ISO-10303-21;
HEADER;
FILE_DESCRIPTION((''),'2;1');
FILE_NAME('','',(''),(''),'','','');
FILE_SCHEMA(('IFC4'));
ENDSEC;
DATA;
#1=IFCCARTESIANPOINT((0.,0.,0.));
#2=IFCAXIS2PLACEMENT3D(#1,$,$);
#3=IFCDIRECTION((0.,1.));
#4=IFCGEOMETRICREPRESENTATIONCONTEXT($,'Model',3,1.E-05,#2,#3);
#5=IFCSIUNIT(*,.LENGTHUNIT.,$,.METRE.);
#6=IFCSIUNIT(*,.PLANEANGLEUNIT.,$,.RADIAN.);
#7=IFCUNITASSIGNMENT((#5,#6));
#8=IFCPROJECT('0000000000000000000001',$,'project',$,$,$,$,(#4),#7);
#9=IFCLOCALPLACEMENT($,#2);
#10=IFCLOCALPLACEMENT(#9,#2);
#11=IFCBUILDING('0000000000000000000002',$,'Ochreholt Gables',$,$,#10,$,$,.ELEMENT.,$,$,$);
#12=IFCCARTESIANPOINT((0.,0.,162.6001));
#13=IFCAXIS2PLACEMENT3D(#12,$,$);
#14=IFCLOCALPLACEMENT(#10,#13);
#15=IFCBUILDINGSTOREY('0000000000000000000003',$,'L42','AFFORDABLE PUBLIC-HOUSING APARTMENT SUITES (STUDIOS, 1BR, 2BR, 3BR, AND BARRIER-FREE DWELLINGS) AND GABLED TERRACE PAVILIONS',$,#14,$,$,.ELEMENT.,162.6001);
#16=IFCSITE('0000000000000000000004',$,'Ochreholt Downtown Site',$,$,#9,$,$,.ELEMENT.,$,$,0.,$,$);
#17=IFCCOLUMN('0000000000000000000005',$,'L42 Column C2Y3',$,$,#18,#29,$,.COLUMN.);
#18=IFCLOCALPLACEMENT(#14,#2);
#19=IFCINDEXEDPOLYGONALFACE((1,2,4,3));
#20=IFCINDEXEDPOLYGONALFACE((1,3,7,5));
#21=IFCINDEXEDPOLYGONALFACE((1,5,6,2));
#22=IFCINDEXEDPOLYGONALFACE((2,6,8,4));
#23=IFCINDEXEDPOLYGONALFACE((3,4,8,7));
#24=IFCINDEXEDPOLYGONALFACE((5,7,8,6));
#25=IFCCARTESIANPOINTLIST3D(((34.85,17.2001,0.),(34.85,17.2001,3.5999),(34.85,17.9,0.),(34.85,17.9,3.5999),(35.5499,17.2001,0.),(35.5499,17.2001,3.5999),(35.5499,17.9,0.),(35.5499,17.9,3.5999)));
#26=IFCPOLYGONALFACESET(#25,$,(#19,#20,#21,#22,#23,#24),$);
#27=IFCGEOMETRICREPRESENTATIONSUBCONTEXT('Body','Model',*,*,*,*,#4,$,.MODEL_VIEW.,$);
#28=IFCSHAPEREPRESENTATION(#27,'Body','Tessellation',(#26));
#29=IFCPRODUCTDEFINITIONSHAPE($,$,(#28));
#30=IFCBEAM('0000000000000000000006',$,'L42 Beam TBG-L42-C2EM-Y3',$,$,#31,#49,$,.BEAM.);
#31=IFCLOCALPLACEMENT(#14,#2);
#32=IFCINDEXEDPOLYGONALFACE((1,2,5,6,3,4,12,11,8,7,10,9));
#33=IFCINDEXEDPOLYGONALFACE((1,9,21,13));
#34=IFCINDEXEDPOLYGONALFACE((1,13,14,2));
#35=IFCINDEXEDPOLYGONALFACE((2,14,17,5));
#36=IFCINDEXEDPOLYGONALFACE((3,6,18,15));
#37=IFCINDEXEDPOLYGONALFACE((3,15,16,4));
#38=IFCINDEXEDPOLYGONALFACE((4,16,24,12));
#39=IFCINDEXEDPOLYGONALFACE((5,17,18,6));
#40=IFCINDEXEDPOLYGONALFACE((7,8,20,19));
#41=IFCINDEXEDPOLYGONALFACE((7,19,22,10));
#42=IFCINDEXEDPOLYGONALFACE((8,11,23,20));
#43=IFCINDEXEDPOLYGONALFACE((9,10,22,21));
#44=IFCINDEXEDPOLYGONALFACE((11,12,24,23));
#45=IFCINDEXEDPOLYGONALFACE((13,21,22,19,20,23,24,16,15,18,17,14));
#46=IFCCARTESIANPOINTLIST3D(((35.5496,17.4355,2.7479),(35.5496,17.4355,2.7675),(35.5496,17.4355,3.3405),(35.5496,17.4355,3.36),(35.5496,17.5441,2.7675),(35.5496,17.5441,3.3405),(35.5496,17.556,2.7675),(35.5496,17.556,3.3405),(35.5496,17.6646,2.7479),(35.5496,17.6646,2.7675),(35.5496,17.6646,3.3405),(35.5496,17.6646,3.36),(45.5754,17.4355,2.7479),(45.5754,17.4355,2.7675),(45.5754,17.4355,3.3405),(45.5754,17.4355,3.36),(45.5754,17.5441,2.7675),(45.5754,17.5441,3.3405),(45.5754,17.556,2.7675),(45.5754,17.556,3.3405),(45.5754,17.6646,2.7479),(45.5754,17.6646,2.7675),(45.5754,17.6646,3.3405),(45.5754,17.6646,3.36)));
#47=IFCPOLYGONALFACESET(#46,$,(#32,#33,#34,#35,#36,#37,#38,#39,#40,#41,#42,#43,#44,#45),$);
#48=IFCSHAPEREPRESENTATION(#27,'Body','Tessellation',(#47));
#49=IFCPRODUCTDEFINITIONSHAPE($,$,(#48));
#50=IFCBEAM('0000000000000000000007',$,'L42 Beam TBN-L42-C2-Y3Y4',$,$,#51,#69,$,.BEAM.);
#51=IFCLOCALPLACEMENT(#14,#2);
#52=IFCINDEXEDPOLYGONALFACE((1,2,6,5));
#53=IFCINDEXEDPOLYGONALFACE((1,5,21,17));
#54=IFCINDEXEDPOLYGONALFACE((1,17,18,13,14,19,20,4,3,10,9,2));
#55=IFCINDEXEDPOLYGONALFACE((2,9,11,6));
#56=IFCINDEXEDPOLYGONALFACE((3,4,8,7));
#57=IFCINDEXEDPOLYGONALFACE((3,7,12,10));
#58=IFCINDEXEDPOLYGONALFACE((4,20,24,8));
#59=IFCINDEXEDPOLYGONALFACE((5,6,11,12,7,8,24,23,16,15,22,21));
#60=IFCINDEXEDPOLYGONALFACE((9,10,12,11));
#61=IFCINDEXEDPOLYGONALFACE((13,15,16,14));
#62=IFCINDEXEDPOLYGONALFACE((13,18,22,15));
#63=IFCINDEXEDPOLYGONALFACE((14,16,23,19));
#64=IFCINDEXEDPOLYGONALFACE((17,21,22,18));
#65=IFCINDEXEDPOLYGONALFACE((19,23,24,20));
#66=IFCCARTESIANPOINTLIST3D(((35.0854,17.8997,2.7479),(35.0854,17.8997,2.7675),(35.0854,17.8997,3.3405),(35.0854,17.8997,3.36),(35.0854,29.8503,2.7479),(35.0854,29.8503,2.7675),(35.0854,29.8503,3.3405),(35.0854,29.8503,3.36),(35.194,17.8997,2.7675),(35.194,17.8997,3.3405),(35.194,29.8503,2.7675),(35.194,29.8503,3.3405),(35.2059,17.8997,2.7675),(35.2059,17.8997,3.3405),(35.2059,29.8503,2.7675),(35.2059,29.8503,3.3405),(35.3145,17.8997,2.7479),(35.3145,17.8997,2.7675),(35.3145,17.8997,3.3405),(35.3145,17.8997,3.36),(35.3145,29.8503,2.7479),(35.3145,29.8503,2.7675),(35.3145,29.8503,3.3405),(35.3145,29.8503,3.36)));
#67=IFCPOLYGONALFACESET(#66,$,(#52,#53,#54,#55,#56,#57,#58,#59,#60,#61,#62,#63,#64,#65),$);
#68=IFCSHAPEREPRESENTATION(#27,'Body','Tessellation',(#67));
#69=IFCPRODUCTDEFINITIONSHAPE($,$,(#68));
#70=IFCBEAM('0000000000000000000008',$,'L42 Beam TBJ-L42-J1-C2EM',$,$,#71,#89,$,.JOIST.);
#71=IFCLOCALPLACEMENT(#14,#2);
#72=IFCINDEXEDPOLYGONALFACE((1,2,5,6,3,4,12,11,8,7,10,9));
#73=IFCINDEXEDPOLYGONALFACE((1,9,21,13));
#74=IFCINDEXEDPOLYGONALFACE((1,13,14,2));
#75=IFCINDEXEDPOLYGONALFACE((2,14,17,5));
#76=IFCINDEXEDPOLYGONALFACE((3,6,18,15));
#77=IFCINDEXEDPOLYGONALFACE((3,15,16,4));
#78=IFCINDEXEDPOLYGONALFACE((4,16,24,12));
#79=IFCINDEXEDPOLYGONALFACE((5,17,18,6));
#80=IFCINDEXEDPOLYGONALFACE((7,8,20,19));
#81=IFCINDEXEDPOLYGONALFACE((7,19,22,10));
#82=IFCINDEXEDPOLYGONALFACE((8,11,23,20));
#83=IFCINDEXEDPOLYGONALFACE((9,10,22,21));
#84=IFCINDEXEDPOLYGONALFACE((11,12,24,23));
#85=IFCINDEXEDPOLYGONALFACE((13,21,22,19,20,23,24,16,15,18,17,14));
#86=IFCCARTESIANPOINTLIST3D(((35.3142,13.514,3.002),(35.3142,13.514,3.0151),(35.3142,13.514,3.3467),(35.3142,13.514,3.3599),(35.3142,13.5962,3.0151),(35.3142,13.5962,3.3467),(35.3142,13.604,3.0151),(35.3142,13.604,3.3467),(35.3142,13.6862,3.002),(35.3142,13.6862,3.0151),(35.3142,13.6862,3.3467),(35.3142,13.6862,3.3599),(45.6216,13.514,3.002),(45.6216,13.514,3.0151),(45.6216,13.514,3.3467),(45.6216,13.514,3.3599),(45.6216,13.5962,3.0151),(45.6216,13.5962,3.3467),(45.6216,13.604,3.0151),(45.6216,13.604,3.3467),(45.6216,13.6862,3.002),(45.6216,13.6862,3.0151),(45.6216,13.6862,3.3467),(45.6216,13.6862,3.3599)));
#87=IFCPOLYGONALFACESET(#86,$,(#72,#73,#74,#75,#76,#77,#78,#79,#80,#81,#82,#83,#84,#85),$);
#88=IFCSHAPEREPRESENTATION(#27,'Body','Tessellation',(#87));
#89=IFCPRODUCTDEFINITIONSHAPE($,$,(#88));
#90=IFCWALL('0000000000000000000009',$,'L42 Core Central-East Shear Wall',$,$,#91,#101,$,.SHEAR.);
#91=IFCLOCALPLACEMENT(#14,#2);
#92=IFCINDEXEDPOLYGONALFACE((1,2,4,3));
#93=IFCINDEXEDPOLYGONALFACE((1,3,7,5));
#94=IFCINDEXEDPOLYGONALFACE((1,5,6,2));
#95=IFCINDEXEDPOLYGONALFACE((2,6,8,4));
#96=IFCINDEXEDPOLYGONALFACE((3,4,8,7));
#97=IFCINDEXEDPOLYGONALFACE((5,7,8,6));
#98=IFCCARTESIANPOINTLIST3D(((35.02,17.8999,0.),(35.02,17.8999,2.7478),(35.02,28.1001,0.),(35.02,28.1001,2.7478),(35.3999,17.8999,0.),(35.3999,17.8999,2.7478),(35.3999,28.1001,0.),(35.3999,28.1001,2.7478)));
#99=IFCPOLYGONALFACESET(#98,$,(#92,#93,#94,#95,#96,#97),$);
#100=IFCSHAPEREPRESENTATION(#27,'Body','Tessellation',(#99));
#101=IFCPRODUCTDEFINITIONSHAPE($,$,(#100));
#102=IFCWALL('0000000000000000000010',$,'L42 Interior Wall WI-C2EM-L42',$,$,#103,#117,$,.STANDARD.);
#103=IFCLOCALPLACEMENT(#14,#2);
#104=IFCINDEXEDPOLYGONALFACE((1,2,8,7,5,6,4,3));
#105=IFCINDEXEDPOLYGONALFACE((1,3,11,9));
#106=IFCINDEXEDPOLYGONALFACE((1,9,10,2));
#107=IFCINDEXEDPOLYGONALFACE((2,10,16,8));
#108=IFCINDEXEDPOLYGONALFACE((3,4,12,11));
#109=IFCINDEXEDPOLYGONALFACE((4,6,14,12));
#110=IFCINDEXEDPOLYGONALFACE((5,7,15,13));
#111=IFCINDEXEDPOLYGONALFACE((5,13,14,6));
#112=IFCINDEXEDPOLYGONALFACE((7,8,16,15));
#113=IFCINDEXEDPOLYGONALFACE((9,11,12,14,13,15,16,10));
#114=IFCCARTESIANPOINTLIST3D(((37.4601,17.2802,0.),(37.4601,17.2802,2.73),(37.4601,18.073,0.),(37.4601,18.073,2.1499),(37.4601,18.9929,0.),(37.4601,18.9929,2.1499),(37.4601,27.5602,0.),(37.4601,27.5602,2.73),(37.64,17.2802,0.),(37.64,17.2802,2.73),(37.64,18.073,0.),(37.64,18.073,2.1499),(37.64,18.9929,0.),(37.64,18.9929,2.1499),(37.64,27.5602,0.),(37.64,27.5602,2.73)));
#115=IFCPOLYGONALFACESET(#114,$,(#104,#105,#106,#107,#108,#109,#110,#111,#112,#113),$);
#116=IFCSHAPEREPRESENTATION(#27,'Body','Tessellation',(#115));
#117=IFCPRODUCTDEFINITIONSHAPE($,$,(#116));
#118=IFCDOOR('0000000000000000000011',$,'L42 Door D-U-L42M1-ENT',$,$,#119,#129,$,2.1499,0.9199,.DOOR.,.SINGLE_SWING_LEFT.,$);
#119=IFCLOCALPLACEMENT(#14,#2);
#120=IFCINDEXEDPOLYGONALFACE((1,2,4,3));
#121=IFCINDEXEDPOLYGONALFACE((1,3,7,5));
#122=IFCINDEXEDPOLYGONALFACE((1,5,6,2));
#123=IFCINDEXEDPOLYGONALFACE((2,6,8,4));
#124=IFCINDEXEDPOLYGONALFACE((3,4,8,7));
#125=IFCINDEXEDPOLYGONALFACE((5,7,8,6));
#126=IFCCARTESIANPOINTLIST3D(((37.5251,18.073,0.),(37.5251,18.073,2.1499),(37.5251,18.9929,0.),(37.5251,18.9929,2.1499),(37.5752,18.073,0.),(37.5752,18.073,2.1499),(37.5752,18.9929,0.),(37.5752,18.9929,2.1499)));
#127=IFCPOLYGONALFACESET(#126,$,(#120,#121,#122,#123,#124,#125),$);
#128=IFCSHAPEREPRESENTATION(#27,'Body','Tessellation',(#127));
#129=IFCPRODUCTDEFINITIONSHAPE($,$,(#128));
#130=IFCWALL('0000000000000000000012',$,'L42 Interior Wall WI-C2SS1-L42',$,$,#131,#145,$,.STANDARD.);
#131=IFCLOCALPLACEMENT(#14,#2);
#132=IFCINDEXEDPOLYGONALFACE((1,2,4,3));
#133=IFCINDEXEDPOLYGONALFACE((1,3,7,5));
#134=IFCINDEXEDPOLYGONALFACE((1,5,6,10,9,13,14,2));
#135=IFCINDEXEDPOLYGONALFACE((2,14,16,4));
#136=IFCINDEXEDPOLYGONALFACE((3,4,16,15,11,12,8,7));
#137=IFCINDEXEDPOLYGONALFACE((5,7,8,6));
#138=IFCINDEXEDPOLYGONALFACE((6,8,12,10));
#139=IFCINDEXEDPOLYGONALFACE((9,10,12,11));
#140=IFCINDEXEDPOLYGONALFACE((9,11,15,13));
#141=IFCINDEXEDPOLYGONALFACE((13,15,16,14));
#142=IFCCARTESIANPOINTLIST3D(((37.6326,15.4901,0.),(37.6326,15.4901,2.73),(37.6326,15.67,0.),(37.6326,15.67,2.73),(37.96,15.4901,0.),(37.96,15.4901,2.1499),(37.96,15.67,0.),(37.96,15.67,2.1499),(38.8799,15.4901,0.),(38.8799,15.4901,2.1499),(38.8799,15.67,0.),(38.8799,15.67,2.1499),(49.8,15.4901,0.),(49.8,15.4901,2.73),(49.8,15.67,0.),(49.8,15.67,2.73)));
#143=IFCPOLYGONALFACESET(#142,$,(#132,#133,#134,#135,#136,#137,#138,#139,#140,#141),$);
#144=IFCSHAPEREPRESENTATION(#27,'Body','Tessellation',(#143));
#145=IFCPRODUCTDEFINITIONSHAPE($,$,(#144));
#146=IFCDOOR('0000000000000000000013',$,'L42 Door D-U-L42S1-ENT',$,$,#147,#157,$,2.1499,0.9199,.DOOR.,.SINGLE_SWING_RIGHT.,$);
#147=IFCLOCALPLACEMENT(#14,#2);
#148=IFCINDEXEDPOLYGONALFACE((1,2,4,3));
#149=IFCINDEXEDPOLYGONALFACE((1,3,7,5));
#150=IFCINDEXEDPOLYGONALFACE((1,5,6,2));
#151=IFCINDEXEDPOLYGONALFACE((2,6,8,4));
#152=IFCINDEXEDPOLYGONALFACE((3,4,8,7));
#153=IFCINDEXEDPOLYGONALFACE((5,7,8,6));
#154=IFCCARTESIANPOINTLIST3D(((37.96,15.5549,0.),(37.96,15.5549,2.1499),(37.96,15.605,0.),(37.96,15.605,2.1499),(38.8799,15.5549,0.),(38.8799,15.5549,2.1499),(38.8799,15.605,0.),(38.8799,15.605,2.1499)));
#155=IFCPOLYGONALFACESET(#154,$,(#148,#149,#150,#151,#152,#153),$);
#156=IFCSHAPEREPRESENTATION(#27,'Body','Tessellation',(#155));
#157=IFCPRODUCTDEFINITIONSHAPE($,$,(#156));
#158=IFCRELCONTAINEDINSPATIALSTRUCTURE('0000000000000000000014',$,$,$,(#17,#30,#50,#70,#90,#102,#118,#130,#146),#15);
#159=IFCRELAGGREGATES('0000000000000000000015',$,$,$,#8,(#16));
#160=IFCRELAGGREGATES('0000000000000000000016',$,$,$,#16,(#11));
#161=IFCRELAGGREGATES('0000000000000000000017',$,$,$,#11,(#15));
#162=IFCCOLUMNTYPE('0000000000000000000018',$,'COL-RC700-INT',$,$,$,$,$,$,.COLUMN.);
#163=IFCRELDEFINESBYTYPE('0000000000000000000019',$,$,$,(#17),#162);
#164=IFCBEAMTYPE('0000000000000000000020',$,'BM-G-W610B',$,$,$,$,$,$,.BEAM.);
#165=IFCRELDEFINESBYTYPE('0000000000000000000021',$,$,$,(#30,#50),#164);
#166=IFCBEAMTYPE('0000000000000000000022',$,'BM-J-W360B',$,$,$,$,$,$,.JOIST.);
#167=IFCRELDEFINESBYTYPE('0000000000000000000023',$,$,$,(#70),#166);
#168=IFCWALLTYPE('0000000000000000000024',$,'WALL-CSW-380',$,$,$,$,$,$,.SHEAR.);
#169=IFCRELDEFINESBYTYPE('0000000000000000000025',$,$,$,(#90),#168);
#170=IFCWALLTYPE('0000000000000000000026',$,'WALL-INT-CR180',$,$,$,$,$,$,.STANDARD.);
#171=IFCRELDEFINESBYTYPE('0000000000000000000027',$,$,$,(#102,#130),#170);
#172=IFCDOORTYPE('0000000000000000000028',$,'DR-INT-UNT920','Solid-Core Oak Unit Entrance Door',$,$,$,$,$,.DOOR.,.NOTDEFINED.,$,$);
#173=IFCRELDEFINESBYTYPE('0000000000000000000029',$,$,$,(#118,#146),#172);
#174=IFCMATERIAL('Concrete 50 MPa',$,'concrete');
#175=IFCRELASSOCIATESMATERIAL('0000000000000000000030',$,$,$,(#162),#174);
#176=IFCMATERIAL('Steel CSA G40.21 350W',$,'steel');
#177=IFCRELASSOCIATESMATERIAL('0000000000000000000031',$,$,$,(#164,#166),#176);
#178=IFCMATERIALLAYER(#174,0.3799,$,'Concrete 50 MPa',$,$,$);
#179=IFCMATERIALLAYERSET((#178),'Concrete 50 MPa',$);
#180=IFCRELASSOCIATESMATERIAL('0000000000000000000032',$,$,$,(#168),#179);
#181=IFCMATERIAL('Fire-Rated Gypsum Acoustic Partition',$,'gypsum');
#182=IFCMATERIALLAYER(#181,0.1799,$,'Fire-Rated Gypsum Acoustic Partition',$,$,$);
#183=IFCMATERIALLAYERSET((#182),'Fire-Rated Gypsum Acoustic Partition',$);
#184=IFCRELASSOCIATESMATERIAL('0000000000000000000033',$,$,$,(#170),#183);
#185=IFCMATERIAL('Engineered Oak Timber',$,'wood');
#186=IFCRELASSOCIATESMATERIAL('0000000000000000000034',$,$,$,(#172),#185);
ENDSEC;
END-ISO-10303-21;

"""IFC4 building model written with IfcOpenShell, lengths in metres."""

from ifc_helpers import new_model, si_unit, direction, frame, frame_2d, origin, origin_2d, place, context, subcontext, project, spatial, rectangle, i_section, extrude, material, layer, layer_set, material_profile, profile_set, type_object, element, fill, save


model = new_model("IFC4")

# Units and contexts
model_context = context("Model", 3, precision=1e-05, world=origin(), true_north=direction((0.0, 1.0)))
body_context = subcontext(model_context, "Body", "Model", "MODEL_VIEW")
ifc_project = project(units=[si_unit("LENGTHUNIT", "METRE"), si_unit("PLANEANGLEUNIT", "RADIAN")], contexts=[model_context])

# Site, building, storey
site_placement = place(None, origin())
site = spatial("IfcSite", under=ifc_project, at=site_placement, Name="Ochreholt Downtown Site", CompositionType="ELEMENT", RefElevation=0.0)
building_placement = place(site_placement, origin())
building = spatial("IfcBuilding", under=site, at=building_placement, Name="Ochreholt Gables", CompositionType="ELEMENT")
storey_placement = place(building_placement, frame((0.0, 0.0, 162.6001)))
storey = spatial("IfcBuildingStorey", under=building, at=storey_placement, Name="L42", Description="AFFORDABLE PUBLIC-HOUSING APARTMENT SUITES (STUDIOS, 1BR, 2BR, 3BR, AND BARRIER-FREE DWELLINGS) AND GABLED TERRACE PAVILIONS", CompositionType="ELEMENT", Elevation=162.6001)

# Column
ifc_material_1 = material(Name="Concrete 50 MPa", Category="concrete")
ifc_material_profile_1 = material_profile(ifc_material_1, rectangle(XDim=0.7, YDim=0.7, at=origin_2d()), Name="RC700X700")
ifc_profile_set_1 = profile_set([ifc_material_profile_1], Name="Concrete 50 MPa")
column_type = type_object("IfcColumnType", Name="COL-RC700-INT", PredefinedType="COLUMN", material=ifc_profile_set_1)
column_placement = place(storey_placement, frame((35.2, 17.55, 0.0), z_axis=(0.0, 0.0, 1.0), x_axis=(1.0, 0.0, 0.0)))
element("IfcColumn", 1, at=column_placement, inside=storey, type_object=column_type, Name="L42 Column C2Y3", PredefinedType="COLUMN", context=body_context, shape_type="SweptSolid", body=[
    extrude(rectangle(XDim=0.7, YDim=0.7, at=origin_2d()), origin(), (0.0, 0.0, 1.0), 3.5999),
])

# Beams
ifc_material_2 = material(Name="Steel CSA G40.21 350W", Category="steel")
ifc_material_profile_2 = material_profile(ifc_material_2, i_section(OverallWidth=0.229, OverallDepth=0.6121, WebThickness=0.012, FlangeThickness=0.0195, at=origin_2d()), Name="W610X125")
ifc_profile_set_2 = profile_set([ifc_material_profile_2], Name="Steel CSA G40.21 350W")
beam_type_1 = type_object("IfcBeamType", Name="BM-G-W610B", PredefinedType="BEAM", material=ifc_profile_set_2)
beam_1_placement = place(storey_placement, frame((35.5496, 17.55, 3.054), z_axis=(1.0, 0.0, 0.0), x_axis=(0.0, 1.0, 0.0)))
element("IfcBeam", 2, at=beam_1_placement, inside=storey, type_object=beam_type_1, Name="L42 Beam TBG-L42-C2EM-Y3", PredefinedType="BEAM", context=body_context, shape_type="SweptSolid", body=[
    extrude(i_section(OverallWidth=0.229, OverallDepth=0.6121, WebThickness=0.012, FlangeThickness=0.0195, at=origin_2d()), origin(), (0.0, 0.0, 1.0), 10.0259),
])
beam_2_placement = place(storey_placement, frame((35.2, 17.8997, 3.054), z_axis=(0.0, 1.0, 0.0), x_axis=(-1.0, 0.0, 0.0)))
element("IfcBeam", 3, at=beam_2_placement, inside=storey, type_object=beam_type_1, Name="L42 Beam TBN-L42-C2-Y3Y4", PredefinedType="BEAM", context=body_context, shape_type="SweptSolid", body=[
    extrude(i_section(OverallWidth=0.229, OverallDepth=0.6121, WebThickness=0.012, FlangeThickness=0.0195, at=origin_2d()), origin(), (0.0, 0.0, 1.0), 11.9507),
])
ifc_material_profile_3 = material_profile(ifc_material_2, i_section(OverallWidth=0.1721, OverallDepth=0.3579, WebThickness=0.0078, FlangeThickness=0.0132, at=origin_2d()), Name="W360X57")
ifc_profile_set_3 = profile_set([ifc_material_profile_3], Name="Steel CSA G40.21 350W")
beam_type_2 = type_object("IfcBeamType", Name="BM-J-W360B", PredefinedType="JOIST", material=ifc_profile_set_3)
beam_3_placement = place(storey_placement, frame((35.3142, 13.6001, 3.1809), z_axis=(1.0, 0.0, 0.0), x_axis=(0.0, 1.0, 0.0)))
element("IfcBeam", 4, at=beam_3_placement, inside=storey, type_object=beam_type_2, Name="L42 Beam TBJ-L42-J1-C2EM", PredefinedType="JOIST", context=body_context, shape_type="SweptSolid", body=[
    extrude(i_section(OverallWidth=0.1721, OverallDepth=0.3579, WebThickness=0.0078, FlangeThickness=0.0132, at=origin_2d()), origin(), (0.0, 0.0, 1.0), 10.3074),
])

# Wall
ifc_layer_1 = layer(ifc_material_1, 0.3799, Name="Concrete 50 MPa")
ifc_layer_set_1 = layer_set([ifc_layer_1], Name="Concrete 50 MPa")
wall_type_1 = type_object("IfcWallType", Name="WALL-CSW-380", PredefinedType="SHEAR", material=ifc_layer_set_1)
wall_1_placement = place(storey_placement, frame((35.21, 17.8999, 0.0), z_axis=(0.0, 0.0, 1.0), x_axis=(0.0, 1.0, 0.0)))
element("IfcWall", 5, at=wall_1_placement, inside=storey, type_object=wall_type_1, Name="L42 Core Central-East Shear Wall", PredefinedType="SHEAR", context=body_context, shape_type="SweptSolid", body=[
    extrude(rectangle(XDim=10.2002, YDim=0.3799, at=frame_2d((5.1001, 0.0))), origin(), (0.0, 0.0, 1.0), 2.7478),
])

# Walls, openings, doors
ifc_material_3 = material(Name="Fire-Rated Gypsum Acoustic Partition", Category="gypsum")
ifc_layer_2 = layer(ifc_material_3, 0.1799, Name="Fire-Rated Gypsum Acoustic Partition")
ifc_layer_set_2 = layer_set([ifc_layer_2], Name="Fire-Rated Gypsum Acoustic Partition")
wall_type_2 = type_object("IfcWallType", Name="WALL-INT-CR180", PredefinedType="STANDARD", material=ifc_layer_set_2)
wall_2_placement = place(storey_placement, frame((37.55, 17.28, 0.0), z_axis=(0.0, 0.0, 1.0), x_axis=(0.0, 1.0, 0.0)))
wall_2 = element("IfcWall", 6, at=wall_2_placement, inside=storey, type_object=wall_type_2, Name="L42 Interior Wall WI-C2EM-L42", PredefinedType="STANDARD", context=body_context, shape_type="SweptSolid", body=[
    extrude(rectangle(XDim=10.28, YDim=0.1799, at=frame_2d((5.1401, 0.0))), origin(), (0.0, 0.0, 1.0), 2.73),
])
opening_1_placement = place(wall_2_placement, frame((0.793, 0.0, 0.0)))
opening_1 = element("IfcOpeningElement", 7, at=opening_1_placement, cuts=wall_2, PredefinedType="OPENING", context=body_context, shape_type="SweptSolid", body=[
    extrude(rectangle(XDim=0.9199, YDim=2.1499, at=frame_2d((0.46, 1.075))), frame((0.0, 0.0999, 0.0), z_axis=(0.0, -1.0, 0.0), x_axis=(1.0, 0.0, 0.0)), (0.0, 0.0, 1.0), 0.2),
])
ifc_material_4 = material(Name="Engineered Oak Timber", Category="wood")
door_type_1 = type_object("IfcDoorType", Name="DR-INT-UNT920", Description="Solid-Core Oak Unit Entrance Door", OperationType="NOTDEFINED", PredefinedType="DOOR", material=ifc_material_4)
door_1_placement = place(opening_1_placement, origin())
door_1 = element("IfcDoor", 8, at=door_1_placement, inside=storey, type_object=door_type_1, Name="L42 Door D-U-L42M1-ENT", OperationType="SINGLE_SWING_LEFT", OverallHeight=2.1499, OverallWidth=0.9199, PredefinedType="DOOR", context=body_context, shape_type="SweptSolid", body=[
    extrude(rectangle(XDim=0.9199, YDim=2.1499, at=frame_2d((0.46, 1.075))), frame((0.0, 0.0249, 0.0), z_axis=(0.0, -1.0, 0.0), x_axis=(1.0, 0.0, 0.0)), (0.0, 0.0, 1.0), 0.05),
])
fill(opening_1, door_1)
wall_3_placement = place(storey_placement, frame((37.6326, 15.5801, 0.0), z_axis=(0.0, 0.0, 1.0), x_axis=(1.0, 0.0, 0.0)))
wall_3 = element("IfcWall", 9, at=wall_3_placement, inside=storey, type_object=wall_type_2, Name="L42 Interior Wall WI-C2SS1-L42", PredefinedType="STANDARD", context=body_context, shape_type="SweptSolid", body=[
    extrude(rectangle(XDim=12.1675, YDim=0.1799, at=frame_2d((6.0837, 0.0))), origin(), (0.0, 0.0, 1.0), 2.73),
])
opening_2_placement = place(wall_3_placement, frame((0.3274, 0.0, 0.0)))
opening_2 = element("IfcOpeningElement", 10, at=opening_2_placement, cuts=wall_3, PredefinedType="OPENING", context=body_context, shape_type="SweptSolid", body=[
    extrude(rectangle(XDim=0.9199, YDim=2.1499, at=frame_2d((0.46, 1.075))), frame((0.0, 0.0999, 0.0), z_axis=(0.0, -1.0, 0.0), x_axis=(1.0, 0.0, 0.0)), (0.0, 0.0, 1.0), 0.2),
])
door_2_placement = place(opening_2_placement, origin())
door_2 = element("IfcDoor", 11, at=door_2_placement, inside=storey, type_object=door_type_1, Name="L42 Door D-U-L42S1-ENT", OperationType="SINGLE_SWING_RIGHT", OverallHeight=2.1499, OverallWidth=0.9199, PredefinedType="DOOR", context=body_context, shape_type="SweptSolid", body=[
    extrude(rectangle(XDim=0.9199, YDim=2.1499, at=frame_2d((0.46, 1.075))), frame((0.0, 0.0249, 0.0), z_axis=(0.0, -1.0, 0.0), x_axis=(1.0, 0.0, 0.0)), (0.0, 0.0, 1.0), 0.05),
])
fill(opening_2, door_2)

save(model, "model.ifc")
